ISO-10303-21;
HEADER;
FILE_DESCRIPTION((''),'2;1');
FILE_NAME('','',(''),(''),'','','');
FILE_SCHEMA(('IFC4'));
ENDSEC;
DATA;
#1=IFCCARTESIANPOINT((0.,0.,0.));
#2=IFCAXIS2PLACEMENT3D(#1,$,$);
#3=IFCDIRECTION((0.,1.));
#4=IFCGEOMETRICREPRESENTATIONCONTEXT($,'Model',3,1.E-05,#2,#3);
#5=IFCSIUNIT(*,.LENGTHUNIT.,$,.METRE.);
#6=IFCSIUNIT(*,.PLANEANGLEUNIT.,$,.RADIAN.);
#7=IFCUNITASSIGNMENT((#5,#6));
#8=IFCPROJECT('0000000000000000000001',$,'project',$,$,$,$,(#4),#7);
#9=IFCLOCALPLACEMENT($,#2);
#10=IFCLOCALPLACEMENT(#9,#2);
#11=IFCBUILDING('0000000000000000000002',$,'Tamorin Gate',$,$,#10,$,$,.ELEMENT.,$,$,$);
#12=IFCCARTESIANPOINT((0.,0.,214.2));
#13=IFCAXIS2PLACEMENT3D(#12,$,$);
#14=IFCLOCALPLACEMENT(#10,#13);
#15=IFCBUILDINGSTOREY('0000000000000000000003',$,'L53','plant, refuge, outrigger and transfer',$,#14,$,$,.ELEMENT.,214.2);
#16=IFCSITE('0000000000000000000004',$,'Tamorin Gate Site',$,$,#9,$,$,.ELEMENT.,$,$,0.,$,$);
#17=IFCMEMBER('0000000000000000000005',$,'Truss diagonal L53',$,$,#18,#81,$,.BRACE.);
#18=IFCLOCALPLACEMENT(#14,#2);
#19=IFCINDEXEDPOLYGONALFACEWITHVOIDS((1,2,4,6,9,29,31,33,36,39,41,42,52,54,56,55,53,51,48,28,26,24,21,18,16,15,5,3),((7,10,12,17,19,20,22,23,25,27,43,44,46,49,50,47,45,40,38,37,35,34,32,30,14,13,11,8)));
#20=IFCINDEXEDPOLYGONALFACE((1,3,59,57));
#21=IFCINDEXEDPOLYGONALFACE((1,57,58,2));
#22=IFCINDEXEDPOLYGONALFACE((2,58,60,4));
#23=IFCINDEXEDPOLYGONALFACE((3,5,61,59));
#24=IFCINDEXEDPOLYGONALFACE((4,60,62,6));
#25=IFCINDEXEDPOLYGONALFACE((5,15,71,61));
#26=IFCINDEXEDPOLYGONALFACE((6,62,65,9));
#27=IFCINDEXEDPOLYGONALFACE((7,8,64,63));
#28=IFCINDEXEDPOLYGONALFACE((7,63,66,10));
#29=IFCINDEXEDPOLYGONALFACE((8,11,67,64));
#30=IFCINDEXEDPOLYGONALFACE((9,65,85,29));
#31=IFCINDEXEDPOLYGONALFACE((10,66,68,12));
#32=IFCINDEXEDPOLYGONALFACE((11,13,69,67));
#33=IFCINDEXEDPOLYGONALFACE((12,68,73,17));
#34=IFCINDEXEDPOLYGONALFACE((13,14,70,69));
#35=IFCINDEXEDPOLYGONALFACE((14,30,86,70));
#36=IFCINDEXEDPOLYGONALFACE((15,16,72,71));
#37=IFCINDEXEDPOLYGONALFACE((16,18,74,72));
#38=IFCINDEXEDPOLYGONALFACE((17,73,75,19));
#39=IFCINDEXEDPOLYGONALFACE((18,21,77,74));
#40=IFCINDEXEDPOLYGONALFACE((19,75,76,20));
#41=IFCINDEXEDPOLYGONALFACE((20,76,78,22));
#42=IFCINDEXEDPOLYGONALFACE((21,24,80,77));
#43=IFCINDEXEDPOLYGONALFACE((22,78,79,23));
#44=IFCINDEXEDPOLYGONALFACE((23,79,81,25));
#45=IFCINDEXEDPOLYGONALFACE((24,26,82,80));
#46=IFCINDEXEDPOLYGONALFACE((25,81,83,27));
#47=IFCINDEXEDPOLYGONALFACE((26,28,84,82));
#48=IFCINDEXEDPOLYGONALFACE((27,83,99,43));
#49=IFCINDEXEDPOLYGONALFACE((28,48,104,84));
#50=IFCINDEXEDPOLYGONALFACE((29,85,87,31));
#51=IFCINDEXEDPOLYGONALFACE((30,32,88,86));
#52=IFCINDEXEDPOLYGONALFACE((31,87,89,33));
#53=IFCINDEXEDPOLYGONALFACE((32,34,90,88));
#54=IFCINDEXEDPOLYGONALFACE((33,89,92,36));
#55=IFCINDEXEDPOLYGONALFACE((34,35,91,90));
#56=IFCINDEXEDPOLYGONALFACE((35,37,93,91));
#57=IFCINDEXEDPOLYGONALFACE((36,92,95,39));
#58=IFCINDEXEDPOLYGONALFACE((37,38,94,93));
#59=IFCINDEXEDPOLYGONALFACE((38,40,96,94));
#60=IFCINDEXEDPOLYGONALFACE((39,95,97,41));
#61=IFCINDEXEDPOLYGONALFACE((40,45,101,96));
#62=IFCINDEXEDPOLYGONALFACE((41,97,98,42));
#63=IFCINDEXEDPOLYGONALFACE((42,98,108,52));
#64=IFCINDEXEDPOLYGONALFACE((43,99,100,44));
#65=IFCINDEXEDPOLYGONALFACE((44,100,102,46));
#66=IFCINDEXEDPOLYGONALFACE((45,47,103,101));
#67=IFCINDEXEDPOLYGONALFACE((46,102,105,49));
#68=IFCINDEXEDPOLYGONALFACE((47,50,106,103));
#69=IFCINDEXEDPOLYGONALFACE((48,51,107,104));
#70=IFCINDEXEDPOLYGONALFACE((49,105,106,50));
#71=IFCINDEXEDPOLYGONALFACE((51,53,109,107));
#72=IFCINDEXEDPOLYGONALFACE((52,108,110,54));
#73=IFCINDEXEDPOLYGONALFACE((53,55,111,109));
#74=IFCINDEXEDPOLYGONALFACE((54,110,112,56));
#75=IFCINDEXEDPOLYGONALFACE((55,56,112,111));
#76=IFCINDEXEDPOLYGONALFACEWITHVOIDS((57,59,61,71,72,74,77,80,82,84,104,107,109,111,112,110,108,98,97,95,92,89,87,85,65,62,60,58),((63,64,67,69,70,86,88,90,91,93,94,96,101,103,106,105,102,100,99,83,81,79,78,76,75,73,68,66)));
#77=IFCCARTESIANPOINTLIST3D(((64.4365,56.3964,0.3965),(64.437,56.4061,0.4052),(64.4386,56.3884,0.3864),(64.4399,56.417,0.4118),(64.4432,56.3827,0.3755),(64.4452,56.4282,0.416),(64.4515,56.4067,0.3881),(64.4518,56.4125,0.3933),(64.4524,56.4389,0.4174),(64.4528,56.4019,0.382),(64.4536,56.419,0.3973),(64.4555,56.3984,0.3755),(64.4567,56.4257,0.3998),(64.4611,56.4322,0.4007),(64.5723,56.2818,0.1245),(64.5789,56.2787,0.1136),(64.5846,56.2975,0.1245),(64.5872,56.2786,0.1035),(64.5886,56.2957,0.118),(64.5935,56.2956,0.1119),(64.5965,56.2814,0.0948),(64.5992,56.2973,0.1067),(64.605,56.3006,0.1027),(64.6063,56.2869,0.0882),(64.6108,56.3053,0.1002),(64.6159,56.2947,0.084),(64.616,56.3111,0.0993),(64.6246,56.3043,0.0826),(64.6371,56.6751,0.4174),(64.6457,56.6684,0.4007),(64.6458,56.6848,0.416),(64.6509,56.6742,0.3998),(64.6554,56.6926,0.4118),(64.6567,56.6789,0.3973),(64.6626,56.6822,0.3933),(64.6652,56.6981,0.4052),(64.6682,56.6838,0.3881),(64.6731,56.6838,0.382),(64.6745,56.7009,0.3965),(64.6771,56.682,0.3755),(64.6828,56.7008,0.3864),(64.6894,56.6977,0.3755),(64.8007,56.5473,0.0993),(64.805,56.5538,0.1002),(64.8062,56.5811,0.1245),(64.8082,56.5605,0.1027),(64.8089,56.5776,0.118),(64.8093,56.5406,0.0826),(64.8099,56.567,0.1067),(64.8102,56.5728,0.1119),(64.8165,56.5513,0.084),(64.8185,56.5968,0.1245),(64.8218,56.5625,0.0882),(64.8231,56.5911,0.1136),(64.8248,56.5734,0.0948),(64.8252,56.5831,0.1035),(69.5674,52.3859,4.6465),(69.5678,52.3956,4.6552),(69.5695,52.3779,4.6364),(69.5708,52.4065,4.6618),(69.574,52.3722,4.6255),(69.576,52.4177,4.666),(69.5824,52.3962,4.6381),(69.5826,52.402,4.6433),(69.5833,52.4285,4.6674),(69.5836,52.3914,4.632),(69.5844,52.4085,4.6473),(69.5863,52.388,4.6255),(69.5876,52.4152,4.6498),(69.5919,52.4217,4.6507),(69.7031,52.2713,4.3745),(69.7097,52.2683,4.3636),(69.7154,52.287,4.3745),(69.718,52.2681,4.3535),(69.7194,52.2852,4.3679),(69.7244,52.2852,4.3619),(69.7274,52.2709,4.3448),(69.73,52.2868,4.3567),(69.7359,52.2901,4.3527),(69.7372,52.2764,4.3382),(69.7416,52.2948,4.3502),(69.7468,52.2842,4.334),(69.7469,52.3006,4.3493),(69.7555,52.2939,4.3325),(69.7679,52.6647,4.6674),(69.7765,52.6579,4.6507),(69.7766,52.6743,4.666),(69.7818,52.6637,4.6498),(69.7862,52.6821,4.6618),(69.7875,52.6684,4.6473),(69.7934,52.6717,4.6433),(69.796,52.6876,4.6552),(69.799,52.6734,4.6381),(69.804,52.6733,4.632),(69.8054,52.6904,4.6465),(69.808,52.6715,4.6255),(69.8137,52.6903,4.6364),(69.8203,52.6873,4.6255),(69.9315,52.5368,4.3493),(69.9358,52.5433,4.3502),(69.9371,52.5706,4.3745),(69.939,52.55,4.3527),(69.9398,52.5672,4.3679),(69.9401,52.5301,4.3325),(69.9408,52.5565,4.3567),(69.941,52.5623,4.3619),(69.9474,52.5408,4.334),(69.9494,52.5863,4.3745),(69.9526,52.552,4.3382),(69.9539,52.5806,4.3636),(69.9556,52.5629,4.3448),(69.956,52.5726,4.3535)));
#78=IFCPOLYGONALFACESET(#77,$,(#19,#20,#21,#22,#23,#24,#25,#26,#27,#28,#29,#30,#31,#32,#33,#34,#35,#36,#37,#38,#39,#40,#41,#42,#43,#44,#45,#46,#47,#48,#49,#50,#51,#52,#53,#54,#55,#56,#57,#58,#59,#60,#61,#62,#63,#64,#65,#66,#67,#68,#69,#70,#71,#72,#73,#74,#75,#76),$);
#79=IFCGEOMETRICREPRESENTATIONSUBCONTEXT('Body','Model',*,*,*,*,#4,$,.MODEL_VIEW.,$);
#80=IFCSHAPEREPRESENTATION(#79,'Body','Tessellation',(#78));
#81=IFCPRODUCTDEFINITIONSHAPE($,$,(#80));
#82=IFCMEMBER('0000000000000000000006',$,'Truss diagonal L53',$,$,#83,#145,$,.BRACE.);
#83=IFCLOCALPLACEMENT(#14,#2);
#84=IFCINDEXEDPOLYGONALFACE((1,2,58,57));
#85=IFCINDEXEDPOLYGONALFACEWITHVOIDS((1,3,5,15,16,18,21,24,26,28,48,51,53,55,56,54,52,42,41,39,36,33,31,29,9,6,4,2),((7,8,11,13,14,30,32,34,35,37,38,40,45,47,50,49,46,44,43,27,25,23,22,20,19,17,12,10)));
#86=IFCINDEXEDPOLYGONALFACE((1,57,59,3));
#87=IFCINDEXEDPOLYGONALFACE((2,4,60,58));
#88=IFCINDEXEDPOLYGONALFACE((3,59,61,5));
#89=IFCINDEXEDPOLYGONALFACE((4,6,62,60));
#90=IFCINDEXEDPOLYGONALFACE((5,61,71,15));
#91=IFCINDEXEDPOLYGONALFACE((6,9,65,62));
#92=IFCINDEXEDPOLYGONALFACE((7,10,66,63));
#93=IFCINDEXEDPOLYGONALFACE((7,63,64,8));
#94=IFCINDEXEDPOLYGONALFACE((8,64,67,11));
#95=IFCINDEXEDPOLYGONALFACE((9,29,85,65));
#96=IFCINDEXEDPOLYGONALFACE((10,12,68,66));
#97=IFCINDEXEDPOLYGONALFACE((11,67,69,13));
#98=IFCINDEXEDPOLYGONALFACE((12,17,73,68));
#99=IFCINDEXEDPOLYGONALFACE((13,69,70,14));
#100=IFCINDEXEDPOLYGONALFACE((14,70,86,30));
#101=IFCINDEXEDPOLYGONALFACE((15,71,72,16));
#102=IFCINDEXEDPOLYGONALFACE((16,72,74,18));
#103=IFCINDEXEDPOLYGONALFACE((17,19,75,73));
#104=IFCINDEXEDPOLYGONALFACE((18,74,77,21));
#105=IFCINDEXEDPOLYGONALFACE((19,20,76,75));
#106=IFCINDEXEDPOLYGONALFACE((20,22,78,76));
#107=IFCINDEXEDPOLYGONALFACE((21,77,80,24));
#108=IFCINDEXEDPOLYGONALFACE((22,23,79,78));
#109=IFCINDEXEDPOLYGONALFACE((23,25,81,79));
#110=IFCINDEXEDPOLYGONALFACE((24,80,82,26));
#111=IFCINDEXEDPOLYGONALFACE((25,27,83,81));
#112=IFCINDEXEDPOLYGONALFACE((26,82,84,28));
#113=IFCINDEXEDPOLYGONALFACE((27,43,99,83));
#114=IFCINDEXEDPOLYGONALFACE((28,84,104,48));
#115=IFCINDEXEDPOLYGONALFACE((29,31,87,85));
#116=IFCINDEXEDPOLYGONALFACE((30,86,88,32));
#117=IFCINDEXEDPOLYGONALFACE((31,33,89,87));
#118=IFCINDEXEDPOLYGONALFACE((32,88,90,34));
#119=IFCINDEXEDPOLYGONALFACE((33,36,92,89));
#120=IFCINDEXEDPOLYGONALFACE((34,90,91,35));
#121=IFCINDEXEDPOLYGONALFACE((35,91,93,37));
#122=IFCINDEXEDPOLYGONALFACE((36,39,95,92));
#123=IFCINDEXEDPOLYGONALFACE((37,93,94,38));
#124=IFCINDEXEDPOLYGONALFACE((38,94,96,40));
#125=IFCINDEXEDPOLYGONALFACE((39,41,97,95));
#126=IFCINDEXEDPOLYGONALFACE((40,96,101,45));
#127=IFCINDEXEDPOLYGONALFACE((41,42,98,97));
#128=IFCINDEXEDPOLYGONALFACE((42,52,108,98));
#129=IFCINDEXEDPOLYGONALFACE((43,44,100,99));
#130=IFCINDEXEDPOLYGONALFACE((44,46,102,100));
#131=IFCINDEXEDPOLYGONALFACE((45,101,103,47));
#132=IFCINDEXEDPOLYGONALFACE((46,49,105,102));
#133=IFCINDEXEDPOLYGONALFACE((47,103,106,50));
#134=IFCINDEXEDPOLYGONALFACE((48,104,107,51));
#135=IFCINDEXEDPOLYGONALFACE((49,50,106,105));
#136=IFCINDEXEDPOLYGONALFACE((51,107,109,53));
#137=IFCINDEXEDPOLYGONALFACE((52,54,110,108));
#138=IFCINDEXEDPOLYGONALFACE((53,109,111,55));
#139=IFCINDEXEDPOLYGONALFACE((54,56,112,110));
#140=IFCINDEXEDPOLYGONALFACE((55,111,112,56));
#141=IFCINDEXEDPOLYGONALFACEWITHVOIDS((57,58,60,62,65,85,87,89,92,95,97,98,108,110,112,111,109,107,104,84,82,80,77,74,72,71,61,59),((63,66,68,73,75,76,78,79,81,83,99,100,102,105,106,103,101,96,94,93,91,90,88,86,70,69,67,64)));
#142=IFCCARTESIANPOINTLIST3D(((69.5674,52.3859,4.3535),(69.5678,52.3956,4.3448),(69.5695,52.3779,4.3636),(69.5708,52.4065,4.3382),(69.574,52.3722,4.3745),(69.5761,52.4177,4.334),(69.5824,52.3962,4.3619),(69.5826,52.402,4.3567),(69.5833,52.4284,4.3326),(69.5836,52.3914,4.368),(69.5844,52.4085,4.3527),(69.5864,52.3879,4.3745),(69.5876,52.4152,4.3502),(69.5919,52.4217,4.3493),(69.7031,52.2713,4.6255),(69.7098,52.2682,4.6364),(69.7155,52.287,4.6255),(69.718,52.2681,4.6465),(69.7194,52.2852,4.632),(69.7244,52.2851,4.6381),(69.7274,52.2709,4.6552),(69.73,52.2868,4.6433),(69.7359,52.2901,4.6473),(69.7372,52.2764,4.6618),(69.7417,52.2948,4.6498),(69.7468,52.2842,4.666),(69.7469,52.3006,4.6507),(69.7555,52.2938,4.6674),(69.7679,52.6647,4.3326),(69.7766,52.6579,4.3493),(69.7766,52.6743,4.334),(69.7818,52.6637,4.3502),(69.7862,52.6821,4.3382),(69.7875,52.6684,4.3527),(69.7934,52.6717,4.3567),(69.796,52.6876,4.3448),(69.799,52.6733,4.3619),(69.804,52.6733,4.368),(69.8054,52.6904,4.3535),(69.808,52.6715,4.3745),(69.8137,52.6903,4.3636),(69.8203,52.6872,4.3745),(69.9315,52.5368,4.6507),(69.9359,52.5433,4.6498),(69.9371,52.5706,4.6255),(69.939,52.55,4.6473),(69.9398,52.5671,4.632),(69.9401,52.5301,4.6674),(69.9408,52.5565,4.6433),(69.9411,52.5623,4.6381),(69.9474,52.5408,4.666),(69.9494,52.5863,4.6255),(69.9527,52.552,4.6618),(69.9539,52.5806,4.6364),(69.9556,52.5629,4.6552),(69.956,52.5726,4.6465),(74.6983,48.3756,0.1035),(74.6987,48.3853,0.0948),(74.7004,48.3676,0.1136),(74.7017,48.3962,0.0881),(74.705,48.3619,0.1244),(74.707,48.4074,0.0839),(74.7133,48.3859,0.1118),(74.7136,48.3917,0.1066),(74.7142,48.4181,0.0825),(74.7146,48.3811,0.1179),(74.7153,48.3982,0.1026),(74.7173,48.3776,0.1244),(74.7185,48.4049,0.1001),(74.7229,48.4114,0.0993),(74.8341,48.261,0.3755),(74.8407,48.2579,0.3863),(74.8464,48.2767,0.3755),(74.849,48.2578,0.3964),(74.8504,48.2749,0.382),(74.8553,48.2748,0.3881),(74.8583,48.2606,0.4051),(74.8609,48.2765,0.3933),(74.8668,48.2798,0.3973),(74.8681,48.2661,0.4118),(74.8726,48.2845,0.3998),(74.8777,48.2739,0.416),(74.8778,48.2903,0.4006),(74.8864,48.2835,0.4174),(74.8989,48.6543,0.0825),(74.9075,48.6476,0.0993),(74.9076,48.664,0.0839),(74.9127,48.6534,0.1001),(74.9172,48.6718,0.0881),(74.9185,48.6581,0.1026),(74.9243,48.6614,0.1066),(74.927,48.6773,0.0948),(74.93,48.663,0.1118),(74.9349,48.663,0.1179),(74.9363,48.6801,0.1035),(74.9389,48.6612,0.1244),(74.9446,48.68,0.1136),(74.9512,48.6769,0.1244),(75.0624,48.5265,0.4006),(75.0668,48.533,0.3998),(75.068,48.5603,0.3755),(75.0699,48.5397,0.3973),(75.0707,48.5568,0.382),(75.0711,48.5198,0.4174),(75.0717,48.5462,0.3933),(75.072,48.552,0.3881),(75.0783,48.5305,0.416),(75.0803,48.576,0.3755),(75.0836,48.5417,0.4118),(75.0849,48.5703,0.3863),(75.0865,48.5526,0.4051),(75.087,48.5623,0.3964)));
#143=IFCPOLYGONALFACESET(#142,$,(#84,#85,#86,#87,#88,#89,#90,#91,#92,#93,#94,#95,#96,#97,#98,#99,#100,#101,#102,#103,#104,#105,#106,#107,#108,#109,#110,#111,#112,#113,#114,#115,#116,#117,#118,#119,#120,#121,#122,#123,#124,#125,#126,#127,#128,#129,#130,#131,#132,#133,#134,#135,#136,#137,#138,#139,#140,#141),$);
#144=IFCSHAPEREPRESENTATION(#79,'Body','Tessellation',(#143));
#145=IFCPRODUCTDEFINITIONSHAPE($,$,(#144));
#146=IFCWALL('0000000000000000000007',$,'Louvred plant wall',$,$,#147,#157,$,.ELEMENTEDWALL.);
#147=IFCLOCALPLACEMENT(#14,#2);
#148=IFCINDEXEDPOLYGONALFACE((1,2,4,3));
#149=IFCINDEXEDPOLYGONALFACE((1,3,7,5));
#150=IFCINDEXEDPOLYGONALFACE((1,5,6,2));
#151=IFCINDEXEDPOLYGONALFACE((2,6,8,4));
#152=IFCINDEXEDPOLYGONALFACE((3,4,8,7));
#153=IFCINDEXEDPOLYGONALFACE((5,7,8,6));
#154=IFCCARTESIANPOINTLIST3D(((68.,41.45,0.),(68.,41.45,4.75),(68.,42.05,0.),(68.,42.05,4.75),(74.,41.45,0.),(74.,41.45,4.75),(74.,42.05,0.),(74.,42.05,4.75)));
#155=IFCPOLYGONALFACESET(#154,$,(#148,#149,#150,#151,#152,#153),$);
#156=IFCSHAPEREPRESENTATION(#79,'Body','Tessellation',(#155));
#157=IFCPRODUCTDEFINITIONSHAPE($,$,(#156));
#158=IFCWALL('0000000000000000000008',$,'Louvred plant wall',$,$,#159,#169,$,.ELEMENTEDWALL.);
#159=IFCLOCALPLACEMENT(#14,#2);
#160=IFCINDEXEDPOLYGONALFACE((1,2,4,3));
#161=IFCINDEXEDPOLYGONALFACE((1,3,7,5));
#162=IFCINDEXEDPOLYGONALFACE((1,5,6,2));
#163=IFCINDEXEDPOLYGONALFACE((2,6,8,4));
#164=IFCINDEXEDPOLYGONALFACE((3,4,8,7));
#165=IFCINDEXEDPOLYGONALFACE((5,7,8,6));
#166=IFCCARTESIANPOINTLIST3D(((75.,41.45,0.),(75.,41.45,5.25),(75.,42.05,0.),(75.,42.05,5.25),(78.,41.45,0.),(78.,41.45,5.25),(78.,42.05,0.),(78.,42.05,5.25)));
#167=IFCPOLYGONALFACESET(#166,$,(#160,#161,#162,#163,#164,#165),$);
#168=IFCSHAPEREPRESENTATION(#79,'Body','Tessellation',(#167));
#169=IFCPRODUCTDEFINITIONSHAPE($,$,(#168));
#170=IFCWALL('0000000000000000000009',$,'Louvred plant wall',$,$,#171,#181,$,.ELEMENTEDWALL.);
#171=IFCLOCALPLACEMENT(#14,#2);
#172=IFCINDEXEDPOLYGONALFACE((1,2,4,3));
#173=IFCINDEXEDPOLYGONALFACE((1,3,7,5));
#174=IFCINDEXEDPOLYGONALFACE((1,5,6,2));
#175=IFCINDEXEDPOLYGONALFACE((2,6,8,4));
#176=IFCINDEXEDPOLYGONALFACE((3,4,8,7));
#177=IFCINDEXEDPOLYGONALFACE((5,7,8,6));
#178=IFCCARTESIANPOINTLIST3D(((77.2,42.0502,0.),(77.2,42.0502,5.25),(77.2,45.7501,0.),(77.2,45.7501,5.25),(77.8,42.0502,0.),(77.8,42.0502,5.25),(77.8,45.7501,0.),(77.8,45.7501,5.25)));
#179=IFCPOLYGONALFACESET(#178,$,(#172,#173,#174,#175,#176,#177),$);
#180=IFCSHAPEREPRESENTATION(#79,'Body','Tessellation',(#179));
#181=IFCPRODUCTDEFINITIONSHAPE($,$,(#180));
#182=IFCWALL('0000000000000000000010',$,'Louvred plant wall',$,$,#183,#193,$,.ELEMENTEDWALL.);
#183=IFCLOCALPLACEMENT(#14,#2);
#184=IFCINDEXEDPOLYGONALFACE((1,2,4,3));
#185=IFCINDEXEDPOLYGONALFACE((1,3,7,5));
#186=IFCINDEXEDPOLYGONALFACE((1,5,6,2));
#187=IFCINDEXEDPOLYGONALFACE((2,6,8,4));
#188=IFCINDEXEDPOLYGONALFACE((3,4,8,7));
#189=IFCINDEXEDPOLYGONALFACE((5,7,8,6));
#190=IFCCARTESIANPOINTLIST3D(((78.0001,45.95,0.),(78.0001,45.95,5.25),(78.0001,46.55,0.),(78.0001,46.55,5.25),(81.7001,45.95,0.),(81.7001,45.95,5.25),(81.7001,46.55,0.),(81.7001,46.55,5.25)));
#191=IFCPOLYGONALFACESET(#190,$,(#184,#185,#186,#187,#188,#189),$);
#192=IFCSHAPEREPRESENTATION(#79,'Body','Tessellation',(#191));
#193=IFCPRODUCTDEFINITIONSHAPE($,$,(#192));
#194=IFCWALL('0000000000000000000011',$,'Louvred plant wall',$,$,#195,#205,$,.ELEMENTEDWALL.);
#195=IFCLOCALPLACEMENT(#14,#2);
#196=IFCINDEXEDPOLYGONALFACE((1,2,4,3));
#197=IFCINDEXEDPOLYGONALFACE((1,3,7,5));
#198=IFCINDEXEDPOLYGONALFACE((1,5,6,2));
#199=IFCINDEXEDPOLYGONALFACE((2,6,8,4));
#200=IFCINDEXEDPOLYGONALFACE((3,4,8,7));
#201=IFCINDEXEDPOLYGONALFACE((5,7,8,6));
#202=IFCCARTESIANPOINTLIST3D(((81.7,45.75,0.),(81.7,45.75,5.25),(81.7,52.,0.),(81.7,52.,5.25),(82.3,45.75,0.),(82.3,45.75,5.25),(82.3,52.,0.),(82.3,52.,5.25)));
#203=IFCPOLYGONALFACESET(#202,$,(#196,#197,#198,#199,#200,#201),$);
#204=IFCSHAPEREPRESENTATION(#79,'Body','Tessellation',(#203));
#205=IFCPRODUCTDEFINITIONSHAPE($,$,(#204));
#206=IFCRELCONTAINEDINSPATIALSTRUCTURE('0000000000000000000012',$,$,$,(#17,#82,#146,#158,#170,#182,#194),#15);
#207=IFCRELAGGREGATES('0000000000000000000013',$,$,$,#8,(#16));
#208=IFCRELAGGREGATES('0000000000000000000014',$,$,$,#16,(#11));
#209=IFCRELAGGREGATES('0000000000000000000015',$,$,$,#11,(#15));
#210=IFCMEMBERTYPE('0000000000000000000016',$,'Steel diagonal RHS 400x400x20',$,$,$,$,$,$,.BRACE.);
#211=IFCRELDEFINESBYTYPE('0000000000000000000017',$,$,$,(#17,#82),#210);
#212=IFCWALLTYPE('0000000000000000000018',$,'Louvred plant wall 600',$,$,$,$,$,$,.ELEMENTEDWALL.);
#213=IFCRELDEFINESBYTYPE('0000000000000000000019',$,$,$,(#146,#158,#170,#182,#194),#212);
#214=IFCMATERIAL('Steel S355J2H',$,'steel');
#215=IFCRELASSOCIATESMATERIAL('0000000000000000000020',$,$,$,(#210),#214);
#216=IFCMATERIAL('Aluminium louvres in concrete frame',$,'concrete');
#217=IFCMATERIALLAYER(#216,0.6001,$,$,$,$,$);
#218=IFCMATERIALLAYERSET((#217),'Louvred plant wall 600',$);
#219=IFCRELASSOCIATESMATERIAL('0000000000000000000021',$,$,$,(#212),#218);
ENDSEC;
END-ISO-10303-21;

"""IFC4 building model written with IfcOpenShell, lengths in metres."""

from ifc_helpers import new_model, si_unit, direction, frame, frame_2d, origin, origin_2d, place, context, subcontext, project, spatial, rectangle, hollow_rectangle, extrude, material, layer, layer_set, material_profile, profile_set, type_object, element, save


model = new_model("IFC4")

# Units and contexts
model_context = context("Model", 3, precision=1e-05, world=origin(), true_north=direction((0.0, 1.0)))
body_context = subcontext(model_context, "Body", "Model", "MODEL_VIEW")
ifc_project = project(units=[si_unit("LENGTHUNIT", "METRE"), si_unit("PLANEANGLEUNIT", "RADIAN")], contexts=[model_context])

# Site, building, storey
site_placement = place(None, origin())
site = spatial("IfcSite", under=ifc_project, at=site_placement, Name="Tamorin Gate Site", CompositionType="ELEMENT", RefElevation=0.0)
building_placement = place(site_placement, origin())
building = spatial("IfcBuilding", under=site, at=building_placement, Name="Tamorin Gate", CompositionType="ELEMENT")
storey_placement = place(building_placement, frame((0.0, 0.0, 214.2)))
storey = spatial("IfcBuildingStorey", under=building, at=storey_placement, Name="L53", Description="plant, refuge, outrigger and transfer", CompositionType="ELEMENT", Elevation=214.2)

# Members
ifc_material_1 = material(Name="Steel S355J2H", Category="steel")
ifc_material_profile_1 = material_profile(ifc_material_1, hollow_rectangle(XDim=0.3999, YDim=0.3999, WallThickness=0.02, InnerFilletRadius=0.03, OuterFilletRadius=0.05, at=origin_2d()), Name="RHS 400x400x20")
ifc_profile_set_1 = profile_set([ifc_material_profile_1], Name="Steel S355J2H")
member_type_1 = type_object("IfcMemberType", Name="Steel diagonal RHS 400x400x20", PredefinedType="BRACE", material=ifc_profile_set_1)
for number, where, z_axis, x_axis, name in (
    (1, (64.6309, 56.4897, 0.25), (0.659799, -0.515727, 0.546526), (0.615836, 0.787874, 0.0), "Truss diagonal L53"),
    (2, (69.7617, 52.4792, 4.5), (0.65981, -0.515704, -0.546535), (0.615813, 0.787892, 0.0), "Truss diagonal L53"),
):
    element("IfcMember", number, at=place(storey_placement, frame(where, z_axis=z_axis, x_axis=x_axis)), inside=storey, type_object=member_type_1, Name=name, PredefinedType="BRACE", context=body_context, shape_type="SweptSolid", body=[
        extrude(hollow_rectangle(XDim=0.3999, YDim=0.3999, WallThickness=0.02, InnerFilletRadius=0.03, OuterFilletRadius=0.05, at=origin_2d()), origin(), (0.0, 0.0, 1.0), 7.7764),
    ])

# Walls
ifc_material_2 = material(Name="Aluminium louvres in concrete frame", Category="concrete")
ifc_layer_1 = layer(ifc_material_2, 0.6001)
ifc_layer_set_1 = layer_set([ifc_layer_1], Name="Louvred plant wall 600")
wall_type_1 = type_object("IfcWallType", Name="Louvred plant wall 600", PredefinedType="ELEMENTEDWALL", material=ifc_layer_set_1)
wall_1_placement = place(storey_placement, frame((68.0, 41.75, 0.0), z_axis=(0.0, 0.0, 1.0), x_axis=(1.0, 0.0, 0.0)))
element("IfcWall", 3, at=wall_1_placement, inside=storey, type_object=wall_type_1, Name="Louvred plant wall", PredefinedType="ELEMENTEDWALL", context=body_context, shape_type="SweptSolid", body=[
    extrude(rectangle(XDim=6.0, YDim=0.6001, at=frame_2d((3.0, 0.0))), origin(), (0.0, 0.0, 1.0), 4.75),
])
wall_2_placement = place(storey_placement, frame((75.0, 41.75, 0.0), z_axis=(0.0, 0.0, 1.0), x_axis=(1.0, 0.0, 0.0)))
element("IfcWall", 4, at=wall_2_placement, inside=storey, type_object=wall_type_1, Name="Louvred plant wall", PredefinedType="ELEMENTEDWALL", context=body_context, shape_type="SweptSolid", body=[
    extrude(rectangle(XDim=3.0, YDim=0.6001, at=frame_2d((1.5, 0.0))), origin(), (0.0, 0.0, 1.0), 5.25),
])
for number, where, z_axis, x_axis, name in (
    (5, (77.5, 42.05, 0.0), (0.0, 0.0, 1.0), (0.0, 1.0, 0.0), "Louvred plant wall"),
    (6, (78.0, 46.25, 0.0), (0.0, 0.0, 1.0), (1.0, 0.0, 0.0), "Louvred plant wall"),
):
    element("IfcWall", number, at=place(storey_placement, frame(where, z_axis=z_axis, x_axis=x_axis)), inside=storey, type_object=wall_type_1, Name=name, PredefinedType="ELEMENTEDWALL", context=body_context, shape_type="SweptSolid", body=[
        extrude(rectangle(XDim=3.7, YDim=0.6001, at=frame_2d((1.8501, 0.0))), origin(), (0.0, 0.0, 1.0), 5.25),
    ])
wall_3_placement = place(storey_placement, frame((82.0, 45.75, 0.0), z_axis=(0.0, 0.0, 1.0), x_axis=(0.0, 1.0, 0.0)))
element("IfcWall", 7, at=wall_3_placement, inside=storey, type_object=wall_type_1, Name="Louvred plant wall", PredefinedType="ELEMENTEDWALL", context=body_context, shape_type="SweptSolid", body=[
    extrude(rectangle(XDim=6.25, YDim=0.6001, at=frame_2d((3.125, 0.0))), origin(), (0.0, 0.0, 1.0), 5.25),
])

save(model, "model.ifc")
